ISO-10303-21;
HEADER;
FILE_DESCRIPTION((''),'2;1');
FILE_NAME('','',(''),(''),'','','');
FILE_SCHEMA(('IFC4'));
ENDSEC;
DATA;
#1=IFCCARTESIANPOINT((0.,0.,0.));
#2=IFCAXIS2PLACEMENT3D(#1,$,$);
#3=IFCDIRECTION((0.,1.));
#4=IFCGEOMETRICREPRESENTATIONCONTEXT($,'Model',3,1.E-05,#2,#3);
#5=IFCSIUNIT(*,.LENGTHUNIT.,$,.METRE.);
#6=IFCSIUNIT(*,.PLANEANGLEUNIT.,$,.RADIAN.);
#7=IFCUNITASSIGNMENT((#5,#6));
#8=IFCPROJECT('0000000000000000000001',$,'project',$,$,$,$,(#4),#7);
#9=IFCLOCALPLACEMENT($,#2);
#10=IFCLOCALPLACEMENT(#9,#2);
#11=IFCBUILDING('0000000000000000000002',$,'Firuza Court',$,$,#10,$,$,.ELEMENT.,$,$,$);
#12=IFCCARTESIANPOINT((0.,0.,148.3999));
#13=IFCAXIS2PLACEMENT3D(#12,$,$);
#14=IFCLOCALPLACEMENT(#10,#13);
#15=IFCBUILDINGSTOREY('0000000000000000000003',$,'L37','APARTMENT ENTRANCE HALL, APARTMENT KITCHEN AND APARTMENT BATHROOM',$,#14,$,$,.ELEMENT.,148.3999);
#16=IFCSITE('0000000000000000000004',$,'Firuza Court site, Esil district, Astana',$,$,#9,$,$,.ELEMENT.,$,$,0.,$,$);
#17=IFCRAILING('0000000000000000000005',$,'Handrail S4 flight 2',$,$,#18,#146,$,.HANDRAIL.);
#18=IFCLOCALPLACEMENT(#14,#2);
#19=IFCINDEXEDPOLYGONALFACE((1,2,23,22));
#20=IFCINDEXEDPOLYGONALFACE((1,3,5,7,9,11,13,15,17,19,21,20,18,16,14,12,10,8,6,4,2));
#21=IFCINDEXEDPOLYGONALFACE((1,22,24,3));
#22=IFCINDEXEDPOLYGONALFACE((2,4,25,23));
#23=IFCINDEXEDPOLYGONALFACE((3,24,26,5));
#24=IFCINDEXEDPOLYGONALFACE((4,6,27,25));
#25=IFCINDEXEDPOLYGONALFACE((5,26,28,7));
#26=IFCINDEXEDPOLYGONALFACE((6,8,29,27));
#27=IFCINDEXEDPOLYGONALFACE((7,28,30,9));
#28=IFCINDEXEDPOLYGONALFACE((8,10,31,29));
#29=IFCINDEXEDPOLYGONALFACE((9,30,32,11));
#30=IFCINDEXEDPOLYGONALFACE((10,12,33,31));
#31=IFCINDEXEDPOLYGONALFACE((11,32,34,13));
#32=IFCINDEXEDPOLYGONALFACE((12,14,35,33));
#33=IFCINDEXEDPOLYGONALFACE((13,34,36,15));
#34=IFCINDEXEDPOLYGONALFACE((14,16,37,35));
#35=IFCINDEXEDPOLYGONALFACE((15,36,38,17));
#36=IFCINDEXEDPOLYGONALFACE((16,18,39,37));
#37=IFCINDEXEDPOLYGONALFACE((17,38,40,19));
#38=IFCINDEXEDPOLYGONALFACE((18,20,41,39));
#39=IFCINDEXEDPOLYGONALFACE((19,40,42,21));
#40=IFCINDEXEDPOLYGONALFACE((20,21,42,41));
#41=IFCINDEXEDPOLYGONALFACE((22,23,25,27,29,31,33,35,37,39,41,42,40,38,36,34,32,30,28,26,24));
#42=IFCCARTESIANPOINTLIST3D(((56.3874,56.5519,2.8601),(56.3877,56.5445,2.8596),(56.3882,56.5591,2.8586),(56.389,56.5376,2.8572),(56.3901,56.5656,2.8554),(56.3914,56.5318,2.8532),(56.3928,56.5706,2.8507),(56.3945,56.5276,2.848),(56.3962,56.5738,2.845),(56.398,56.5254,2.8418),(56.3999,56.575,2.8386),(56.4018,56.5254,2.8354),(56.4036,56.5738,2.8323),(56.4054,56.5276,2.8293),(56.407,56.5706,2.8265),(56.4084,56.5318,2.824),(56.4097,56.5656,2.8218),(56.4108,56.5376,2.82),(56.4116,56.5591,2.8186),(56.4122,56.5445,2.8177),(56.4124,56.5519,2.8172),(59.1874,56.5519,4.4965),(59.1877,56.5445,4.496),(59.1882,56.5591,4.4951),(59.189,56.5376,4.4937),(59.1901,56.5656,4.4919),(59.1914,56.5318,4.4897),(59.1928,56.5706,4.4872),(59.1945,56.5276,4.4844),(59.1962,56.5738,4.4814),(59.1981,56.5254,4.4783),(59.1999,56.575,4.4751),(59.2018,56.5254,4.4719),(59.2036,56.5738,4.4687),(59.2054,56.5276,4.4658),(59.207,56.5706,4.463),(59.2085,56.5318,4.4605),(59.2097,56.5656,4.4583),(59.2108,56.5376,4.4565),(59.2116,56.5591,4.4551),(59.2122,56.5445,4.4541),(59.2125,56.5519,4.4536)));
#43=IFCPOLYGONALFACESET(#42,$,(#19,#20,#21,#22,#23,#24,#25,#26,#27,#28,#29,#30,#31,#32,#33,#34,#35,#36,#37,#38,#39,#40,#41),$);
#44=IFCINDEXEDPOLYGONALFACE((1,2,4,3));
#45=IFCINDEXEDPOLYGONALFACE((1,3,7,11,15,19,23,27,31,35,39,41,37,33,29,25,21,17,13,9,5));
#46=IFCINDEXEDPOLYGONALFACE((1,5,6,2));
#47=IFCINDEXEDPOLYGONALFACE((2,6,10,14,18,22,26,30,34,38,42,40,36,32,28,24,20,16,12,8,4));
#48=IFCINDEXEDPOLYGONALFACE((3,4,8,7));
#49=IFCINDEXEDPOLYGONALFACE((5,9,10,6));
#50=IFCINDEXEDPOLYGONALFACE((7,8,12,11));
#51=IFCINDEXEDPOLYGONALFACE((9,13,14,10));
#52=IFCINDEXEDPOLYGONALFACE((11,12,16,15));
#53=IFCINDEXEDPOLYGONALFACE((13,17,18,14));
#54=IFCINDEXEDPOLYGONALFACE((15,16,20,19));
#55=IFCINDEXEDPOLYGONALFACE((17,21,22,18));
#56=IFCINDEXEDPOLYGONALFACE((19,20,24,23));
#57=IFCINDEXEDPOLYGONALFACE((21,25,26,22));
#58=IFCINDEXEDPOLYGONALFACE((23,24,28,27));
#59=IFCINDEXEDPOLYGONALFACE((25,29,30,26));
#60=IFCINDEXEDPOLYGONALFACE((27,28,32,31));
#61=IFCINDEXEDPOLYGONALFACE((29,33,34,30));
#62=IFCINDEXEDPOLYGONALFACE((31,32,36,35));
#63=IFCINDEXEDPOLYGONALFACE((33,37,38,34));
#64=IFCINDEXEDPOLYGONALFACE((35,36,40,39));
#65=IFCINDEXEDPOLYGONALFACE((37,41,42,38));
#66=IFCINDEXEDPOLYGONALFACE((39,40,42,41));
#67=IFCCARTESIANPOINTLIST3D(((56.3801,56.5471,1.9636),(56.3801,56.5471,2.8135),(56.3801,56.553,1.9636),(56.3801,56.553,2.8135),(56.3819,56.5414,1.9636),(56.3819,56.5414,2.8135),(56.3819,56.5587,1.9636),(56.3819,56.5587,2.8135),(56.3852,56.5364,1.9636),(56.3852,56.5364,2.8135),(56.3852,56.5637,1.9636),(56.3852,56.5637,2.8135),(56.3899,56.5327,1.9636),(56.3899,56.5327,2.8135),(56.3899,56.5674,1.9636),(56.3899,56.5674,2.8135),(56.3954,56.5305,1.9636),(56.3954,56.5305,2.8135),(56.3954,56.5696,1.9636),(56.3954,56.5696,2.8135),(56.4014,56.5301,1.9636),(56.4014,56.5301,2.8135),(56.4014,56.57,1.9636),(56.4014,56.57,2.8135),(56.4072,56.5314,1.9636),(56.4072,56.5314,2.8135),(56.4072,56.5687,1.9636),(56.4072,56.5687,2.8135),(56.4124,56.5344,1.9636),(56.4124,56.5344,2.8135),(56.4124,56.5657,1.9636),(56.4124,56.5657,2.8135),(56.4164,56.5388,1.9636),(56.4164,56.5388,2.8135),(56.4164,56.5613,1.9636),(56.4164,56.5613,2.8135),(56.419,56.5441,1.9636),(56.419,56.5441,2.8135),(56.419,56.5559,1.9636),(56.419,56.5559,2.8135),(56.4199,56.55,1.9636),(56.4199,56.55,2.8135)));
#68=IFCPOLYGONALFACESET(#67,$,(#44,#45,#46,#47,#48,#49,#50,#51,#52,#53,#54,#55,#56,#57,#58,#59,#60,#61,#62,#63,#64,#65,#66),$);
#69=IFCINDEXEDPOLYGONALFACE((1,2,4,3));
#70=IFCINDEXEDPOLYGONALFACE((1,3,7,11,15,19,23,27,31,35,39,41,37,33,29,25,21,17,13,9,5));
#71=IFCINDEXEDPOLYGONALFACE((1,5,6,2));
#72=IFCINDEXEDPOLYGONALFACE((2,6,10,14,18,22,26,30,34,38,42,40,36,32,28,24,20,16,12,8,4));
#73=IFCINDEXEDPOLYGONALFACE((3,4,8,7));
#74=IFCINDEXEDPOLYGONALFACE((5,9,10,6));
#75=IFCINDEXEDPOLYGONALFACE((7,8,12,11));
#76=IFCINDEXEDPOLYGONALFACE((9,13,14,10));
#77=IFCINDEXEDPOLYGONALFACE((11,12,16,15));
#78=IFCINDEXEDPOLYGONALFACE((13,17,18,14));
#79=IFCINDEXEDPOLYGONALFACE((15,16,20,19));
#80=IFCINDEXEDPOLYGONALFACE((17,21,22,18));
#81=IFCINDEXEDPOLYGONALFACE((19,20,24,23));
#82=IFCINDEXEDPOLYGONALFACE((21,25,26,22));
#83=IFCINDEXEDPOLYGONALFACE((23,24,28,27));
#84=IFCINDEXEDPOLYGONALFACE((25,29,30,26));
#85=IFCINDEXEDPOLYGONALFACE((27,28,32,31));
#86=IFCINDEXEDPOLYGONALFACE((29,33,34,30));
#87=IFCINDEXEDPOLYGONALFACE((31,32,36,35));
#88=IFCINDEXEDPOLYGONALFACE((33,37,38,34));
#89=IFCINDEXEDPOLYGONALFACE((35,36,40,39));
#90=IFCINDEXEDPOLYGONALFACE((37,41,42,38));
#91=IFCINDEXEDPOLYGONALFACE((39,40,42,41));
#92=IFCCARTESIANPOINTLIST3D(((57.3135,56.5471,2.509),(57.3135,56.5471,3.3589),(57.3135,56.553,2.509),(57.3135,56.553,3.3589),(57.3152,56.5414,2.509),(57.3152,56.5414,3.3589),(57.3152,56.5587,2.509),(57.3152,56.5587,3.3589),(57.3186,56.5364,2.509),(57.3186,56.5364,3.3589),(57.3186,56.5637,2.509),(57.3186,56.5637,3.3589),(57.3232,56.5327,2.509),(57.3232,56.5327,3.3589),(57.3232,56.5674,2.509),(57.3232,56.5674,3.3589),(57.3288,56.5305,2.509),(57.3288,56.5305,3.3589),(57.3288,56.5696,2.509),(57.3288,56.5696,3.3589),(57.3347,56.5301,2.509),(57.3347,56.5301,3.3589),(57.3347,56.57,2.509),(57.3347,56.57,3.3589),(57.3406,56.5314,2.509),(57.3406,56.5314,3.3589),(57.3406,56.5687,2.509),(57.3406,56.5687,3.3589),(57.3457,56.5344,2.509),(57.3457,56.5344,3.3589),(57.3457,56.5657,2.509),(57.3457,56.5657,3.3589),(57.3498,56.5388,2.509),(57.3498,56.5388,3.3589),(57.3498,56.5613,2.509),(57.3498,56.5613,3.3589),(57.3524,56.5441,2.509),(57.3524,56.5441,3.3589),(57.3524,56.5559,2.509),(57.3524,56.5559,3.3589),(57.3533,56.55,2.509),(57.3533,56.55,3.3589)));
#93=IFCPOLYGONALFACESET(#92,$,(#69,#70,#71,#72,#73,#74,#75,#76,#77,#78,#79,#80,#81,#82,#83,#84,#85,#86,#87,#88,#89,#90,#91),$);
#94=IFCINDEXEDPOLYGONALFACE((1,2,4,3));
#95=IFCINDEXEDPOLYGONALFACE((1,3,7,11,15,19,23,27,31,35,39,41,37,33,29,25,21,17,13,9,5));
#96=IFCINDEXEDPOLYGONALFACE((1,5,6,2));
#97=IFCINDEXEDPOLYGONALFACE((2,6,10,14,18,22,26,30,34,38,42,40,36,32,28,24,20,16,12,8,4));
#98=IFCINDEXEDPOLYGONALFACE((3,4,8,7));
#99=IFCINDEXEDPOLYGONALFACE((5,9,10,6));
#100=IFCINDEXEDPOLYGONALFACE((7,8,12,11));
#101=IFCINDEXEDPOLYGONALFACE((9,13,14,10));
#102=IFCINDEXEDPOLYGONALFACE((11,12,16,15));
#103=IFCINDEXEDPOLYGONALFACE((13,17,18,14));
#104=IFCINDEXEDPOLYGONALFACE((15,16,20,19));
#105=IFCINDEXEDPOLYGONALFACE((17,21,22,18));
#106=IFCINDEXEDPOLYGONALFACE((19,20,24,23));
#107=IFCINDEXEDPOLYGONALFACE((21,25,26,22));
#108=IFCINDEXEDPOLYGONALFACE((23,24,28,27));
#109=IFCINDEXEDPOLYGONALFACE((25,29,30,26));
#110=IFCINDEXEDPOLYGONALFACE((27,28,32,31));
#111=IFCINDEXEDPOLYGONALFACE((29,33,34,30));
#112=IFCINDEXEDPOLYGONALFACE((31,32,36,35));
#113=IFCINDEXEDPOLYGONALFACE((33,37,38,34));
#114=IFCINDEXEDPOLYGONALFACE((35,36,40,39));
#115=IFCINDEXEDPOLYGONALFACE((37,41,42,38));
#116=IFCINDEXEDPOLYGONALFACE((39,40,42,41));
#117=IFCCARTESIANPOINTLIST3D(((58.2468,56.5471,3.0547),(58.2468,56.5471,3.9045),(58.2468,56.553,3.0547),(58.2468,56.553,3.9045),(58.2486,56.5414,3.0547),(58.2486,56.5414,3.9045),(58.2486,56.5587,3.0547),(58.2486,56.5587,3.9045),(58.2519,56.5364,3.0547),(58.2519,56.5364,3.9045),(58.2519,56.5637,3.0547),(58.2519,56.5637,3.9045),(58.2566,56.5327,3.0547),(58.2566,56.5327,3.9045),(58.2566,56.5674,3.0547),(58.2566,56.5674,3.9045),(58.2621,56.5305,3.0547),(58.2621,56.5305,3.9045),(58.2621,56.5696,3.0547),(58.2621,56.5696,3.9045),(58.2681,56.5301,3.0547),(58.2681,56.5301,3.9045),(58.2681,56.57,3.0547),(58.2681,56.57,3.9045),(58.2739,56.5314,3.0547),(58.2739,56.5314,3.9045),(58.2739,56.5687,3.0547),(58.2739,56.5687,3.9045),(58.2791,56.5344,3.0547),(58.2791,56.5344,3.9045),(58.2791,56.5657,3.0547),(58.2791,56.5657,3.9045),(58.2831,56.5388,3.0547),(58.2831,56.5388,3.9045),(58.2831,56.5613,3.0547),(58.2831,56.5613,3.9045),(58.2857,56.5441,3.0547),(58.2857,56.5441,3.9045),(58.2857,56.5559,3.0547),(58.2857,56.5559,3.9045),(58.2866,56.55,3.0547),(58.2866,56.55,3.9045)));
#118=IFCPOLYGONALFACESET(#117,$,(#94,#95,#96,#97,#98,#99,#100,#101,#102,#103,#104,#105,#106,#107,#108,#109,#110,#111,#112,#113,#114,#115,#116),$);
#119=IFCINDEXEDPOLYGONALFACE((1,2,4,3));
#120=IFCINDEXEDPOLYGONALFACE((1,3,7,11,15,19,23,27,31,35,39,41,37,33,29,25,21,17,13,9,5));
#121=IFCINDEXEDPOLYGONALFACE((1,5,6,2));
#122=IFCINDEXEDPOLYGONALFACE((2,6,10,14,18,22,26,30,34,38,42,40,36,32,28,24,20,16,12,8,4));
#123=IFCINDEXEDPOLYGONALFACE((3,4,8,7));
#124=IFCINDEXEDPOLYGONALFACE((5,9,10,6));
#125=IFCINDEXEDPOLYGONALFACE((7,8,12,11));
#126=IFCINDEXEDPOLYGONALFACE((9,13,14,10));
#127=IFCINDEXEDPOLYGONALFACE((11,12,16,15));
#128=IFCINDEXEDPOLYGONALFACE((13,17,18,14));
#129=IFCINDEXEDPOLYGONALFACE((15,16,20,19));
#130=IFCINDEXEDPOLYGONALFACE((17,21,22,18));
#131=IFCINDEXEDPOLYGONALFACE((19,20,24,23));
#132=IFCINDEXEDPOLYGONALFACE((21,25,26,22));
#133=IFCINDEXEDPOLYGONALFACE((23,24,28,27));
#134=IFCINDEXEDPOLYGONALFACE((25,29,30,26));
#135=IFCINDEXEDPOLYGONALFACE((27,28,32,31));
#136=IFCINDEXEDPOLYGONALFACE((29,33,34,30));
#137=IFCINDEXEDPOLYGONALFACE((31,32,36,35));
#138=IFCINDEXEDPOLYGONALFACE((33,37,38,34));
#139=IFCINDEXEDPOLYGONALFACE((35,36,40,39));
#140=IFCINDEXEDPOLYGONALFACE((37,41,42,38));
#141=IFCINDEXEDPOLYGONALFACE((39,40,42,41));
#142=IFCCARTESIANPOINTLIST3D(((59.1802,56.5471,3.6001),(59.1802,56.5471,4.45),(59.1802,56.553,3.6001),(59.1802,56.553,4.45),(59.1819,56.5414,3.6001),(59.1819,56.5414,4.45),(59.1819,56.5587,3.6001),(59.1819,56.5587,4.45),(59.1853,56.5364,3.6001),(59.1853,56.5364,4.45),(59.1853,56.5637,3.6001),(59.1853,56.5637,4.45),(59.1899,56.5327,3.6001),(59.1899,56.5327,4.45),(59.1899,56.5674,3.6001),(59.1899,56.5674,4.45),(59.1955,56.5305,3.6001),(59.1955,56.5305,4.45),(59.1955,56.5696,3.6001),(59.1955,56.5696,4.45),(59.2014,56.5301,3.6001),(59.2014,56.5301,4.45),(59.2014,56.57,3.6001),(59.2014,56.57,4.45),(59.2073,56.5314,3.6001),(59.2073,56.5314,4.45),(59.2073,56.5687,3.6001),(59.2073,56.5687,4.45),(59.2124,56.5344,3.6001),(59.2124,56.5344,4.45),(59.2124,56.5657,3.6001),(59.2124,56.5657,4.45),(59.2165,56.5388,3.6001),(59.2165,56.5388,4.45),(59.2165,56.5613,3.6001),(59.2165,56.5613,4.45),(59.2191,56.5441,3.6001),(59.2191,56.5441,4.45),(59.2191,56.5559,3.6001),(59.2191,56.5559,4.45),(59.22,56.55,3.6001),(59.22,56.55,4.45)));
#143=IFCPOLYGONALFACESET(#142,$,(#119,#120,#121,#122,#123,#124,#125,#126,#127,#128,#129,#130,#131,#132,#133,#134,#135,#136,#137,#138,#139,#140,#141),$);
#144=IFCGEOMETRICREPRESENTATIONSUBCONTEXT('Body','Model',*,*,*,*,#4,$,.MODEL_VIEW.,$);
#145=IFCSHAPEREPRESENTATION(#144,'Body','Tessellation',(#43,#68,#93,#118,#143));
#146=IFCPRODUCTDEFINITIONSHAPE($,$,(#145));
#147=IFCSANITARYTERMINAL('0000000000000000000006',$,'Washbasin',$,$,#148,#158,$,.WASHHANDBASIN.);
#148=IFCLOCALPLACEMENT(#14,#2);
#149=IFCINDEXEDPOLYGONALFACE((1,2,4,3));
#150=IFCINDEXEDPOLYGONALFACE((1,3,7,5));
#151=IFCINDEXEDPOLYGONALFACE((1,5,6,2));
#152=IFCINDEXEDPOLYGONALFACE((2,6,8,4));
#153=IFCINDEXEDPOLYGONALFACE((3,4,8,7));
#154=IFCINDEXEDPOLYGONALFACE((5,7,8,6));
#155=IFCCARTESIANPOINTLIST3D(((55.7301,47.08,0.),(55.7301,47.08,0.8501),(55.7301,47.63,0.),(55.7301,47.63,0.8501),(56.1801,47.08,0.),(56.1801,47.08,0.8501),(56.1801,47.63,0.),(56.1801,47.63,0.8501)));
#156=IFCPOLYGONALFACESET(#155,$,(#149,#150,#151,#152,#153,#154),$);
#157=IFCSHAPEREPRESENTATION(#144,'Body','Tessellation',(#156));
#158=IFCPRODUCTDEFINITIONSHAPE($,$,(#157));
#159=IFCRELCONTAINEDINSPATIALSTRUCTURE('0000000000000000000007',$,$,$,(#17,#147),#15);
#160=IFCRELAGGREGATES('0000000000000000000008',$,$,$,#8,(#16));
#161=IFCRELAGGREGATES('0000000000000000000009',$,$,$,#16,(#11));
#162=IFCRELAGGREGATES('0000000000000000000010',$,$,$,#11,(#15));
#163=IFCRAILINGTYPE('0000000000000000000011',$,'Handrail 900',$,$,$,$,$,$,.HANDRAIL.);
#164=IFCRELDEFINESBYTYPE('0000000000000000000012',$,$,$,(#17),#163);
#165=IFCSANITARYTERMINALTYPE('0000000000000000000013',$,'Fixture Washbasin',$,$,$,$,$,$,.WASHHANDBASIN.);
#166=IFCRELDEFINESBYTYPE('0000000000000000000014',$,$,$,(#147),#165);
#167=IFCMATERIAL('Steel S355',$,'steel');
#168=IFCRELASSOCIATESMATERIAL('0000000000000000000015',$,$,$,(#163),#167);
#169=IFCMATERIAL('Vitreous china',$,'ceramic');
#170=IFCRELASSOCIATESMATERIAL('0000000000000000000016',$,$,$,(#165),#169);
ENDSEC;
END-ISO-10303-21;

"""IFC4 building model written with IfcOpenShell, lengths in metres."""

from ifc_helpers import new_model, si_unit, direction, frame, origin, origin_2d, place, context, subcontext, project, spatial, rectangle, circle, extrude, material, type_object, element, save


model = new_model("IFC4")

# Units and contexts
model_context = context("Model", 3, precision=1e-05, world=origin(), true_north=direction((0.0, 1.0)))
body_context = subcontext(model_context, "Body", "Model", "MODEL_VIEW")
ifc_project = project(units=[si_unit("LENGTHUNIT", "METRE"), si_unit("PLANEANGLEUNIT", "RADIAN")], contexts=[model_context])

# Site, building, storey
site_placement = place(None, origin())
site = spatial("IfcSite", under=ifc_project, at=site_placement, Name="Firuza Court site, Esil district, Astana", CompositionType="ELEMENT", RefElevation=0.0)
building_placement = place(site_placement, origin())
building = spatial("IfcBuilding", under=site, at=building_placement, Name="Firuza Court", CompositionType="ELEMENT")
storey_placement = place(building_placement, frame((0.0, 0.0, 148.3999)))
storey = spatial("IfcBuildingStorey", under=building, at=storey_placement, Name="L37", Description="APARTMENT ENTRANCE HALL, APARTMENT KITCHEN AND APARTMENT BATHROOM", CompositionType="ELEMENT", Elevation=148.3999)

# Railing
ifc_material_1 = material(Name="Steel S355", Category="steel")
railing_type_1 = type_object("IfcRailingType", Name="Handrail 900", PredefinedType="HANDRAIL", material=ifc_material_1)
railing_1_placement = place(storey_placement, frame((56.3999, 56.55, 1.9636)))
element("IfcRailing", 1, at=railing_1_placement, inside=storey, type_object=railing_type_1, Name="Handrail S4 flight 2", PredefinedType="HANDRAIL", context=body_context, shape_type="SweptSolid", body=[
    extrude(circle(Radius=0.0249, at=origin_2d()), frame((0.0, 0.0, 0.875), z_axis=(0.863361, 0.0, 0.504587), x_axis=(0.0, 1.0, 0.0)), (0.0, 0.0, 1.0), 3.2432),
    extrude(circle(Radius=0.02, at=origin_2d()), origin(), (0.0, 0.0, 1.0), 0.8499),
    extrude(circle(Radius=0.02, at=origin_2d()), frame((0.9333, 0.0, 0.5454)), (0.0, 0.0, 1.0), 0.8499),
    extrude(circle(Radius=0.02, at=origin_2d()), frame((1.8667, 0.0, 1.0911)), (0.0, 0.0, 1.0), 0.8499),
    extrude(circle(Radius=0.02, at=origin_2d()), frame((2.8, 0.0, 1.6365)), (0.0, 0.0, 1.0), 0.8499),
])

# Sanitary terminal
ifc_material_2 = material(Name="Vitreous china", Category="ceramic")
sanitary_terminal_type = type_object("IfcSanitaryTerminalType", Name="Fixture Washbasin", PredefinedType="WASHHANDBASIN", material=ifc_material_2)
sanitary_terminal_placement = place(storey_placement, frame((55.9551, 47.355, 0.0), z_axis=(0.0, 0.0, 1.0), x_axis=(1.0, 0.0, 0.0)))
element("IfcSanitaryTerminal", 2, at=sanitary_terminal_placement, inside=storey, type_object=sanitary_terminal_type, Name="Washbasin", PredefinedType="WASHHANDBASIN", context=body_context, shape_type="SweptSolid", body=[
    extrude(rectangle(XDim=0.45, YDim=0.55, at=origin_2d()), origin(), (0.0, 0.0, 1.0), 0.8501),
])

save(model, "model.ifc")
